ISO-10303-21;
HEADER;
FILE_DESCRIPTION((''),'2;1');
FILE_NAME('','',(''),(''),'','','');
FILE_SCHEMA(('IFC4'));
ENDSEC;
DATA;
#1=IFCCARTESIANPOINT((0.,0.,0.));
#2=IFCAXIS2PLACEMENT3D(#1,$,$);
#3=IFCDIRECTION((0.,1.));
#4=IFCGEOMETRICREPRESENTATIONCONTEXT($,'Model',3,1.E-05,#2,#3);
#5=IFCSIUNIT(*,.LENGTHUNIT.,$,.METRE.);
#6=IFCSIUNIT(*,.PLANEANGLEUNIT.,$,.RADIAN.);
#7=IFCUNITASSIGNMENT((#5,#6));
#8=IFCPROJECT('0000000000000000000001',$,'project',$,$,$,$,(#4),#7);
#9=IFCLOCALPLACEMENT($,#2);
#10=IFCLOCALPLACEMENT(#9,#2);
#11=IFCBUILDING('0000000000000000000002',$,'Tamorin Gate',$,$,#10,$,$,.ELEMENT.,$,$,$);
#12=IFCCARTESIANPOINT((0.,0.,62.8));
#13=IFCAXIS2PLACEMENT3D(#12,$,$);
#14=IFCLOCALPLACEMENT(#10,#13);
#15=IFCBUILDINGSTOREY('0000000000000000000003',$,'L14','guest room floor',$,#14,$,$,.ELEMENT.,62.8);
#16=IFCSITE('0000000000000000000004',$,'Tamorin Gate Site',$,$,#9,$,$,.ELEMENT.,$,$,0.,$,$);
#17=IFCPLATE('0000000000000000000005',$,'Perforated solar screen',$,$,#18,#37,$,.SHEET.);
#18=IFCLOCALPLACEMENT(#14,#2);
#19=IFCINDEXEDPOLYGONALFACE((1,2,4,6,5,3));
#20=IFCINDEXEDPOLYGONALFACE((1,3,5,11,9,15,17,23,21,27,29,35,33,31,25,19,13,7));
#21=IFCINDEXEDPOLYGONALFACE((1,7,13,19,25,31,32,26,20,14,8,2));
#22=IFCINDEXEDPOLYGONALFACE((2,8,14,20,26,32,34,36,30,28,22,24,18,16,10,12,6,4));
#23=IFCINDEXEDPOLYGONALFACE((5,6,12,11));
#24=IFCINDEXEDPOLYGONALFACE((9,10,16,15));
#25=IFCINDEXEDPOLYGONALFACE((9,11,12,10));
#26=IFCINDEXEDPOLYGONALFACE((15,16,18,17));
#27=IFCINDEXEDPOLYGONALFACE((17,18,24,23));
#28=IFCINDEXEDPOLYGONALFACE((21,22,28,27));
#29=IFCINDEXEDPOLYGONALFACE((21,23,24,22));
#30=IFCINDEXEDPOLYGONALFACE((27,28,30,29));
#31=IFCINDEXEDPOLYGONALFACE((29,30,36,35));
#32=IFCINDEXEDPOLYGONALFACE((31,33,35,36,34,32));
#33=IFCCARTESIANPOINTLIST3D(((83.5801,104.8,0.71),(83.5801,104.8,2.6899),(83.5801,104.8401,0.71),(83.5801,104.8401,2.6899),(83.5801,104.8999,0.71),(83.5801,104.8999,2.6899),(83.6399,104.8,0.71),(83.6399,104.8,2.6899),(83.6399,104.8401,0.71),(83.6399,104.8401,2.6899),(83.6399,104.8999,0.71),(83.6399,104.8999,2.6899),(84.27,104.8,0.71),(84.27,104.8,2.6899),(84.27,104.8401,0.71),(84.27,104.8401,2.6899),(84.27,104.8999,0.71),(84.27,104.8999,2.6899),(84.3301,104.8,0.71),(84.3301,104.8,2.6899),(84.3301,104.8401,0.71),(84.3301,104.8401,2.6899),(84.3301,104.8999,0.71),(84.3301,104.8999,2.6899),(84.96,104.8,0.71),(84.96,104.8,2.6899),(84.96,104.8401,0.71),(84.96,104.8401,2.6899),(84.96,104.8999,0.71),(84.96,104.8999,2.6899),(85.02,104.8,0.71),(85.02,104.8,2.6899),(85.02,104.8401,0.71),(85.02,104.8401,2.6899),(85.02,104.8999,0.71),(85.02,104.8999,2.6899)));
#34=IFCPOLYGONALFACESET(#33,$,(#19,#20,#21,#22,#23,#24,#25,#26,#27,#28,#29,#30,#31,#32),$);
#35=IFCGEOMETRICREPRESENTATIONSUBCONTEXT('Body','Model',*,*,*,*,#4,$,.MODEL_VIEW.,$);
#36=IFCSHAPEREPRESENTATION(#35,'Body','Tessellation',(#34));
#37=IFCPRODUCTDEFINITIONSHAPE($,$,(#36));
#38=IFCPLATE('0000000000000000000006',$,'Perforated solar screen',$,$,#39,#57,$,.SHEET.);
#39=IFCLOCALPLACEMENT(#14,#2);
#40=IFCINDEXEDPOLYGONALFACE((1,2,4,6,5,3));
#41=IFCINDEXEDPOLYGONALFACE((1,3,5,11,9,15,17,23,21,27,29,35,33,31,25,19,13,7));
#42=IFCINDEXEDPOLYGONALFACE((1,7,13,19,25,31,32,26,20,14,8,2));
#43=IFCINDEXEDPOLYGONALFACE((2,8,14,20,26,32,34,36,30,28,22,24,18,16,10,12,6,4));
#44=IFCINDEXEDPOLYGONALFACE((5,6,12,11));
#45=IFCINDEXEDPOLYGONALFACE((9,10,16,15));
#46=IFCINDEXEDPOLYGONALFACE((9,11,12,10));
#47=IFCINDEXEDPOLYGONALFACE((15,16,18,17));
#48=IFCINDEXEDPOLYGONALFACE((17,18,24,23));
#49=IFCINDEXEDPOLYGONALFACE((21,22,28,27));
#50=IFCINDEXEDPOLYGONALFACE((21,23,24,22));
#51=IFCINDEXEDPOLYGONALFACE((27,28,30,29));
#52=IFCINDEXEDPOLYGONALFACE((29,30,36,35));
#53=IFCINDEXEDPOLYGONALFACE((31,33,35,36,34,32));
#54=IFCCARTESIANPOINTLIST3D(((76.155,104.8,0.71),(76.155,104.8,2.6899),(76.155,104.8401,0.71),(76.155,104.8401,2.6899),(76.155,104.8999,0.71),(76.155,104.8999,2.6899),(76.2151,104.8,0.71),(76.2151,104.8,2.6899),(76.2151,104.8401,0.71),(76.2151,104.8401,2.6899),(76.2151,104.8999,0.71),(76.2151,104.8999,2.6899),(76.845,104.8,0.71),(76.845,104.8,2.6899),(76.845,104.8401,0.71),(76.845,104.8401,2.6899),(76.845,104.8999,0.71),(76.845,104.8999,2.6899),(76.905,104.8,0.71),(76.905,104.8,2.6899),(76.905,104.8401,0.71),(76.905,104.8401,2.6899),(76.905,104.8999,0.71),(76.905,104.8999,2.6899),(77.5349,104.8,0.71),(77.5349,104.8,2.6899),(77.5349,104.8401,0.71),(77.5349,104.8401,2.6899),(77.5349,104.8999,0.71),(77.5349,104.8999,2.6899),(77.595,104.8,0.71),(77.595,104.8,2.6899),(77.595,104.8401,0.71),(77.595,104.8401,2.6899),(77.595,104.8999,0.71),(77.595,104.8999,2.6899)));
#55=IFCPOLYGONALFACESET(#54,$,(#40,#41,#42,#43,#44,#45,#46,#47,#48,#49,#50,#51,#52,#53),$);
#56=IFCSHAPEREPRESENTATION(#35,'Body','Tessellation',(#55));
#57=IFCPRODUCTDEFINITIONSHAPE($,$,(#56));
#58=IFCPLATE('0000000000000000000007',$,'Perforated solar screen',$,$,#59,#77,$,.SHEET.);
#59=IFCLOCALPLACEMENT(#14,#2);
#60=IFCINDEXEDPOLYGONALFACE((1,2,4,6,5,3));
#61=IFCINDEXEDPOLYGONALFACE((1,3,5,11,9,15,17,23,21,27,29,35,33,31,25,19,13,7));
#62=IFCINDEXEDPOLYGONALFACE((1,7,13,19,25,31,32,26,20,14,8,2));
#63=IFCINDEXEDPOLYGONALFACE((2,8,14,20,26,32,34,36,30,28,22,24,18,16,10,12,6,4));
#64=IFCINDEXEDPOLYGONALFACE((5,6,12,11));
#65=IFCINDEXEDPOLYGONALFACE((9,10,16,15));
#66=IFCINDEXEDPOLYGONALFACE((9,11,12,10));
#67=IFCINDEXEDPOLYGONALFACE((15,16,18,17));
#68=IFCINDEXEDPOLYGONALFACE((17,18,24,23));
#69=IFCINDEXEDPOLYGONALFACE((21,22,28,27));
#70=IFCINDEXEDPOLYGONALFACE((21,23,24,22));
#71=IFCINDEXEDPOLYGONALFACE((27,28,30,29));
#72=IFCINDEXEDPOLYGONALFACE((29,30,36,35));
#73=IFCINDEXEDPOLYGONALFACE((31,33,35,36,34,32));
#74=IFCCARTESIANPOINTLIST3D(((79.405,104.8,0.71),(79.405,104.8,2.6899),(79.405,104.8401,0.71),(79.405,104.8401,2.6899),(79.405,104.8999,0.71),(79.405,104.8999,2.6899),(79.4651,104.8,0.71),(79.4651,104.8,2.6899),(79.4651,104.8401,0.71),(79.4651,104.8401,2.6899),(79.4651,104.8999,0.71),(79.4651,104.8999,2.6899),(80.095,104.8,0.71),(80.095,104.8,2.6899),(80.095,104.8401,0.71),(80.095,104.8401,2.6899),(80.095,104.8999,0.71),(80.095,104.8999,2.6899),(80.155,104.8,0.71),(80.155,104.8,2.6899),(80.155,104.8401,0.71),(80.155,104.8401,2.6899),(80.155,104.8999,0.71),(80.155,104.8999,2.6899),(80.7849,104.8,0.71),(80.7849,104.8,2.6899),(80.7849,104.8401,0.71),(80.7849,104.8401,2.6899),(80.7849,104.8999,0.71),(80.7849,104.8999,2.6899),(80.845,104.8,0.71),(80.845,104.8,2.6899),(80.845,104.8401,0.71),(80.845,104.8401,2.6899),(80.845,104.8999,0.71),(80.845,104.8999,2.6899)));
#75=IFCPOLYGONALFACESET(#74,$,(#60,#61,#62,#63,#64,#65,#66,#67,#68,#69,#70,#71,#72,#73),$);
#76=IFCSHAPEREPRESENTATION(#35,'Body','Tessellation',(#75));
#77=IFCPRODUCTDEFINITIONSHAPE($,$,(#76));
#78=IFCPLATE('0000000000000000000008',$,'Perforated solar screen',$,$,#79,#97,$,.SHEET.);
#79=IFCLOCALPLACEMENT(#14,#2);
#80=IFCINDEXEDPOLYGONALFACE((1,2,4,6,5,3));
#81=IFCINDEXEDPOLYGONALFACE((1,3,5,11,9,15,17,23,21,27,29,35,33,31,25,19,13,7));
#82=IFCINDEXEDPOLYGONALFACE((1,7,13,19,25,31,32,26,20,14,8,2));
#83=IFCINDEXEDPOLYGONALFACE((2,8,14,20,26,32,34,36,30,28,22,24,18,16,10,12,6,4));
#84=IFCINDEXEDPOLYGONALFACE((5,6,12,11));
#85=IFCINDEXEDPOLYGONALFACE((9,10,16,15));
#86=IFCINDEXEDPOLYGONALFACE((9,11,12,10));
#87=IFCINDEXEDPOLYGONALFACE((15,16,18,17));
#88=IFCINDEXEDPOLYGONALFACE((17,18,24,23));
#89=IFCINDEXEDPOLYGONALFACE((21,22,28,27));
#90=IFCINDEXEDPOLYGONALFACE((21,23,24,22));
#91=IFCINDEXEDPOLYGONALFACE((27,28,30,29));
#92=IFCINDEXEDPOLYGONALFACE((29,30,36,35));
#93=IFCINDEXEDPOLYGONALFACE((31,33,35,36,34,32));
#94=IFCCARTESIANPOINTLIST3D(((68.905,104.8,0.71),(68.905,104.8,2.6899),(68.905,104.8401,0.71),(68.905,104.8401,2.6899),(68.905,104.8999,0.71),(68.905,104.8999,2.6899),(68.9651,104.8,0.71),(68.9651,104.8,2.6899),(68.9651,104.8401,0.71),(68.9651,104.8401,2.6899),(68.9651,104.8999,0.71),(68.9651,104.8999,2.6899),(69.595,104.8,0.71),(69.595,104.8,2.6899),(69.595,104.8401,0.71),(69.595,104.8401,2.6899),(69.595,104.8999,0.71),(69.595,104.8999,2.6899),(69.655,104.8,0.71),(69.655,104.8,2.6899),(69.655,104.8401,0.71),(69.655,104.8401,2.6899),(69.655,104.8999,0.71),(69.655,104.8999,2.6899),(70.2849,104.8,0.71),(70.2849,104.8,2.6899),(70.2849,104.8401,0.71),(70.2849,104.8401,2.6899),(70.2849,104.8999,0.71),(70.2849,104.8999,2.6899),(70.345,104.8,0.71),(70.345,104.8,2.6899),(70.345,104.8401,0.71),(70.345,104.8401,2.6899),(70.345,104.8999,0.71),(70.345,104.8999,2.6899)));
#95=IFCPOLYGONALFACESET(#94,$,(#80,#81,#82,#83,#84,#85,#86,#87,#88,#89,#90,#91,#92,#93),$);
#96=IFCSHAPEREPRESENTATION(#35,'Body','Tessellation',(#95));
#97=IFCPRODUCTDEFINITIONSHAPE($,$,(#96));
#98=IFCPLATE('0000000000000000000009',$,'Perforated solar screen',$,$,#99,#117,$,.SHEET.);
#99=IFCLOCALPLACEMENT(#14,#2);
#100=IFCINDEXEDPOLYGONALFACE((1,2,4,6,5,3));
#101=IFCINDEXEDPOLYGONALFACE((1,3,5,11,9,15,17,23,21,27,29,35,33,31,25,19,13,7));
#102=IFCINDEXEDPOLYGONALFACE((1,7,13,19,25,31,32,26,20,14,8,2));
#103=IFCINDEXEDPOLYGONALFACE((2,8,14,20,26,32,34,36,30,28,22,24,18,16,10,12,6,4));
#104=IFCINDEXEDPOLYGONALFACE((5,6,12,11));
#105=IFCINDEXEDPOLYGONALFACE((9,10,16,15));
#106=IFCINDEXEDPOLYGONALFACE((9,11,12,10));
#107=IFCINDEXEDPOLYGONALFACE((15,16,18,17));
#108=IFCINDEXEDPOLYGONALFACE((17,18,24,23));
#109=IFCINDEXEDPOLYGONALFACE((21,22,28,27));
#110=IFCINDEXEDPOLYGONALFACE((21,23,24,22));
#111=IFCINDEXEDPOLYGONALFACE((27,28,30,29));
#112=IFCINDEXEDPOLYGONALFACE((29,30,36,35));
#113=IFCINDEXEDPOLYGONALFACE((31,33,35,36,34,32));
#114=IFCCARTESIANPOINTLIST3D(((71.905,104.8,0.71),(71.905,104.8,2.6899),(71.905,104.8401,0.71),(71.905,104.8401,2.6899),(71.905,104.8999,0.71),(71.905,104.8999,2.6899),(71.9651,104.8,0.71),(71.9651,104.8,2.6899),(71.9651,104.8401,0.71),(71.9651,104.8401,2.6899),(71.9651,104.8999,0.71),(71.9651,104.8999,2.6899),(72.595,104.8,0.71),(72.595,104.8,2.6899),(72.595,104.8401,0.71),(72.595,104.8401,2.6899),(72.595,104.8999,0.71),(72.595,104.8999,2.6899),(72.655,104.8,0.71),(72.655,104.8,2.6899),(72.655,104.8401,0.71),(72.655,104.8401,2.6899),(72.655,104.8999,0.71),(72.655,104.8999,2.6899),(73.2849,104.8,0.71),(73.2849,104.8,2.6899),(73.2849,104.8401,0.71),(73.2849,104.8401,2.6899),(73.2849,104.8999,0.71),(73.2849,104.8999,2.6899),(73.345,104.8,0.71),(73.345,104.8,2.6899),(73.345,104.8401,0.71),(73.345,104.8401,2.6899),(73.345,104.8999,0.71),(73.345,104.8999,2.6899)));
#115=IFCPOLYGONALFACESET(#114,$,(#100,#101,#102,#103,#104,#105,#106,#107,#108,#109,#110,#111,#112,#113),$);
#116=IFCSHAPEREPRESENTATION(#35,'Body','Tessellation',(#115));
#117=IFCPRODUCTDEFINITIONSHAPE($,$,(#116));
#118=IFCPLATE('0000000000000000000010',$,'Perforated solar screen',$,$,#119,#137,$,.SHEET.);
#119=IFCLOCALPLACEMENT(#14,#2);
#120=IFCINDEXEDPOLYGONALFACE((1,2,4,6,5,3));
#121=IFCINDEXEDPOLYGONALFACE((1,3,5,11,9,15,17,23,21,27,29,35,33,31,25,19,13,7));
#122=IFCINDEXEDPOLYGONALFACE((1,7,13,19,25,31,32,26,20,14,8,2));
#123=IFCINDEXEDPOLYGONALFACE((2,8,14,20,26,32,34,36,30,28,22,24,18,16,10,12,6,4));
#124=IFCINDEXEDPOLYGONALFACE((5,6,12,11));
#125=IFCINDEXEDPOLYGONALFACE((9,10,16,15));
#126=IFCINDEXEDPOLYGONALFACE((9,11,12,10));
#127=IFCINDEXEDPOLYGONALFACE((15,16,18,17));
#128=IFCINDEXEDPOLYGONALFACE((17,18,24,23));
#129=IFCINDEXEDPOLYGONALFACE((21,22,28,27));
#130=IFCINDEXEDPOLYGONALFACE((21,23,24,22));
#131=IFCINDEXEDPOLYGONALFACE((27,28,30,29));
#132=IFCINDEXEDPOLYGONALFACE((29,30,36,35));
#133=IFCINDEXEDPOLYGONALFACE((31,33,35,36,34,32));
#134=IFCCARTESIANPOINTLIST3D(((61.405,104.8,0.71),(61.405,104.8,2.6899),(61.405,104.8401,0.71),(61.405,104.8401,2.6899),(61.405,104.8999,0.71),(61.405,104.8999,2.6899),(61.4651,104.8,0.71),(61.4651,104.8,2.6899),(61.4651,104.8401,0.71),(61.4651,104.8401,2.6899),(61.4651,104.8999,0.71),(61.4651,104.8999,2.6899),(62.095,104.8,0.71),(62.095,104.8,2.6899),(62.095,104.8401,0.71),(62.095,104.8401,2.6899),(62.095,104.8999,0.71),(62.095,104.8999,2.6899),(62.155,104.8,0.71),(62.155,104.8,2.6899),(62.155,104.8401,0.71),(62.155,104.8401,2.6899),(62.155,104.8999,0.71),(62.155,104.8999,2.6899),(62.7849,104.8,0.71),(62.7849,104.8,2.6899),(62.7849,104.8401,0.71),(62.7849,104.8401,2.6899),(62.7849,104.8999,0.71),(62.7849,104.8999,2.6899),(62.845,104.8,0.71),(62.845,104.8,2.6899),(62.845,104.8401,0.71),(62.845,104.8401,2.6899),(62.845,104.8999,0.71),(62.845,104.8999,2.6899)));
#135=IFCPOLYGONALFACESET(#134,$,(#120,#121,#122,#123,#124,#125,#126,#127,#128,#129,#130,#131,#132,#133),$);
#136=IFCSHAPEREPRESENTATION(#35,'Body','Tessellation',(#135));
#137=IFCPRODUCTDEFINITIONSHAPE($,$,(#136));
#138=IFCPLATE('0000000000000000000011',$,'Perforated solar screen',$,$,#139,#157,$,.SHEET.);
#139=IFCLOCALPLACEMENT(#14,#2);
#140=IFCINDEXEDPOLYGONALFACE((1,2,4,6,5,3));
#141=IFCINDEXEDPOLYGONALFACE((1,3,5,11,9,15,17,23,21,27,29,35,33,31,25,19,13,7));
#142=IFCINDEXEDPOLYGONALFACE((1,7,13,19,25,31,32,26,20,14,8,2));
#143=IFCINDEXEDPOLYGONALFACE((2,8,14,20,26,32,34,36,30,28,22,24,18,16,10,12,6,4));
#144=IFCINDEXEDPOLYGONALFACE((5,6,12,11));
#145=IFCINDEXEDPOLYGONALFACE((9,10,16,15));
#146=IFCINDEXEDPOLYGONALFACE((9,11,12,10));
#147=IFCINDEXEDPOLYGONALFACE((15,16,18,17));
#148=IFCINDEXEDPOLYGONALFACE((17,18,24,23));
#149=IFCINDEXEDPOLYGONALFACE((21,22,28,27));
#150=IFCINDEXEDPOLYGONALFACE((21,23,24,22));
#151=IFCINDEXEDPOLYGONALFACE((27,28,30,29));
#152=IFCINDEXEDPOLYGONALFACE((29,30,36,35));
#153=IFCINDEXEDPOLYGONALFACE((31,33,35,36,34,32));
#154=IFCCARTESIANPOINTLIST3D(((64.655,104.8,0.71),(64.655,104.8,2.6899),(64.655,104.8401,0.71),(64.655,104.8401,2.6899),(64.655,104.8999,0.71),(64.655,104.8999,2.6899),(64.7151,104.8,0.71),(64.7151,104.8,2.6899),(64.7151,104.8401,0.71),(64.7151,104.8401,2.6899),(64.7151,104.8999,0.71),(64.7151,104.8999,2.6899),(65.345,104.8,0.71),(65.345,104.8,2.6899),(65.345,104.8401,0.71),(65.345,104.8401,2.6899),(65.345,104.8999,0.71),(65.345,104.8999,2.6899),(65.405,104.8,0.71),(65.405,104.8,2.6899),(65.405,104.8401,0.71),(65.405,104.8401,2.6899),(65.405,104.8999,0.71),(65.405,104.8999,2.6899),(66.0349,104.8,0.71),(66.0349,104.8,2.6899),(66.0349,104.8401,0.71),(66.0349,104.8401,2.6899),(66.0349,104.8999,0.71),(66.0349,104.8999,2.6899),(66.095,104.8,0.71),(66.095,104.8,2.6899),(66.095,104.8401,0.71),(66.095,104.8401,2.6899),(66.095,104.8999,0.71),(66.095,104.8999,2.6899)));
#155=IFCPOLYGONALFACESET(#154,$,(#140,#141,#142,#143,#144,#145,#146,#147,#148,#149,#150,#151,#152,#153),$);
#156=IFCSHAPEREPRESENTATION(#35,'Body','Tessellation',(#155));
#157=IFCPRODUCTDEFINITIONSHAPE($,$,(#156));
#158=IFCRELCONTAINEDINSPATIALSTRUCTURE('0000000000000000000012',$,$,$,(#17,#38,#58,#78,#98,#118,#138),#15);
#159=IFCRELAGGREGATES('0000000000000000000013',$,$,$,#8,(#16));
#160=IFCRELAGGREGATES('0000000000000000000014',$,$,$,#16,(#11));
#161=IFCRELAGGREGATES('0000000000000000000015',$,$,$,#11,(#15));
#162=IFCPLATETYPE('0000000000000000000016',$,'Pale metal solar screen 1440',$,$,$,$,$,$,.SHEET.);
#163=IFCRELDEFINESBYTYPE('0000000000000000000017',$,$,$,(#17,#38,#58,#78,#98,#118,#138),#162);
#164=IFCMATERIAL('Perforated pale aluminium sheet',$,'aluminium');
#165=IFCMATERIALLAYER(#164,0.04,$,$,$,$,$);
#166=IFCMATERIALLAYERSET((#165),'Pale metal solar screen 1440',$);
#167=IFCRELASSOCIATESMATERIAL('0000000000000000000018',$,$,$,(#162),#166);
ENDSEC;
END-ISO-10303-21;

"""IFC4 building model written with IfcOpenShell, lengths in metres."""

from ifc_helpers import new_model, si_unit, direction, frame, origin, place, context, subcontext, project, spatial, polyline, outline, extrude, material, layer, layer_set, type_object, element, save


model = new_model("IFC4")

# Units and contexts
model_context = context("Model", 3, precision=1e-05, world=origin(), true_north=direction((0.0, 1.0)))
body_context = subcontext(model_context, "Body", "Model", "MODEL_VIEW")
ifc_project = project(units=[si_unit("LENGTHUNIT", "METRE"), si_unit("PLANEANGLEUNIT", "RADIAN")], contexts=[model_context])

# Site, building, storey
site_placement = place(None, origin())
site = spatial("IfcSite", under=ifc_project, at=site_placement, Name="Tamorin Gate Site", CompositionType="ELEMENT", RefElevation=0.0)
building_placement = place(site_placement, origin())
building = spatial("IfcBuilding", under=site, at=building_placement, Name="Tamorin Gate", CompositionType="ELEMENT")
storey_placement = place(building_placement, frame((0.0, 0.0, 62.8)))
storey = spatial("IfcBuildingStorey", under=building, at=storey_placement, Name="L14", Description="guest room floor", CompositionType="ELEMENT", Elevation=62.8)

# Plates
ifc_material = material(Name="Perforated pale aluminium sheet", Category="aluminium")
ifc_layer = layer(ifc_material, 0.04)
ifc_layer_set = layer_set([ifc_layer], Name="Pale metal solar screen 1440")
plate_type = type_object("IfcPlateType", Name="Pale metal solar screen 1440", PredefinedType="SHEET", material=ifc_layer_set)
plate_1_placement = place(storey_placement, frame((0.0, 0.0, 0.71)))
element("IfcPlate", 1, at=plate_1_placement, inside=storey, type_object=plate_type, Name="Perforated solar screen", PredefinedType="SHEET", context=body_context, shape_type="SweptSolid", body=[
    extrude(outline(polyline([(85.02, 104.8401), (85.02, 104.8), (84.96, 104.8), (84.3301, 104.8), (84.27, 104.8), (83.6399, 104.8), (83.5801, 104.8), (83.5801, 104.8401), (83.5801, 104.8999), (83.6399, 104.8999), (83.6399, 104.8401), (84.27, 104.8401), (84.27, 104.8999), (84.3301, 104.8999), (84.3301, 104.8401), (84.96, 104.8401), (84.96, 104.8999), (85.02, 104.8999), (85.02, 104.8401)])), origin(), (0.0, 0.0, 1.0), 1.98),
])
plate_2_placement = place(storey_placement, frame((0.0, 0.0, 0.71)))
element("IfcPlate", 2, at=plate_2_placement, inside=storey, type_object=plate_type, Name="Perforated solar screen", PredefinedType="SHEET", context=body_context, shape_type="SweptSolid", body=[
    extrude(outline(polyline([(77.595, 104.8401), (77.595, 104.8), (77.5349, 104.8), (76.905, 104.8), (76.845, 104.8), (76.2151, 104.8), (76.155, 104.8), (76.155, 104.8401), (76.155, 104.8999), (76.2151, 104.8999), (76.2151, 104.8401), (76.845, 104.8401), (76.845, 104.8999), (76.905, 104.8999), (76.905, 104.8401), (77.5349, 104.8401), (77.5349, 104.8999), (77.595, 104.8999), (77.595, 104.8401)])), origin(), (0.0, 0.0, 1.0), 1.98),
])
plate_3_placement = place(storey_placement, frame((0.0, 0.0, 0.71)))
element("IfcPlate", 3, at=plate_3_placement, inside=storey, type_object=plate_type, Name="Perforated solar screen", PredefinedType="SHEET", context=body_context, shape_type="SweptSolid", body=[
    extrude(outline(polyline([(80.845, 104.8401), (80.845, 104.8), (80.7849, 104.8), (80.155, 104.8), (80.095, 104.8), (79.4651, 104.8), (79.405, 104.8), (79.405, 104.8), (79.405, 104.8401), (79.405, 104.8401), (79.405, 104.8999), (79.4651, 104.8999), (79.4651, 104.8401), (80.095, 104.8401), (80.095, 104.8999), (80.155, 104.8999), (80.155, 104.8401), (80.7849, 104.8401), (80.7849, 104.8999), (80.845, 104.8999), (80.845, 104.8401)])), origin(), (0.0, 0.0, 1.0), 1.98),
])
plate_4_placement = place(storey_placement, frame((0.0, 0.0, 0.71)))
element("IfcPlate", 4, at=plate_4_placement, inside=storey, type_object=plate_type, Name="Perforated solar screen", PredefinedType="SHEET", context=body_context, shape_type="SweptSolid", body=[
    extrude(outline(polyline([(70.345, 104.8401), (70.345, 104.8), (70.2849, 104.8), (69.655, 104.8), (69.595, 104.8), (68.9651, 104.8), (68.905, 104.8), (68.905, 104.8401), (68.905, 104.8999), (68.9651, 104.8999), (68.9651, 104.8401), (69.595, 104.8401), (69.595, 104.8999), (69.655, 104.8999), (69.655, 104.8401), (70.2849, 104.8401), (70.2849, 104.8999), (70.345, 104.8999), (70.345, 104.8401)])), origin(), (0.0, 0.0, 1.0), 1.98),
])
plate_5_placement = place(storey_placement, frame((0.0, 0.0, 0.71)))
element("IfcPlate", 5, at=plate_5_placement, inside=storey, type_object=plate_type, Name="Perforated solar screen", PredefinedType="SHEET", context=body_context, shape_type="SweptSolid", body=[
    extrude(outline(polyline([(73.345, 104.8401), (73.345, 104.8), (73.2849, 104.8), (72.655, 104.8), (72.595, 104.8), (71.9651, 104.8), (71.905, 104.8), (71.905, 104.8401), (71.905, 104.8999), (71.9651, 104.8999), (71.9651, 104.8401), (72.595, 104.8401), (72.595, 104.8999), (72.655, 104.8999), (72.655, 104.8401), (73.2849, 104.8401), (73.2849, 104.8999), (73.345, 104.8999), (73.345, 104.8401)])), origin(), (0.0, 0.0, 1.0), 1.98),
])
plate_6_placement = place(storey_placement, frame((0.0, 0.0, 0.71)))
element("IfcPlate", 6, at=plate_6_placement, inside=storey, type_object=plate_type, Name="Perforated solar screen", PredefinedType="SHEET", context=body_context, shape_type="SweptSolid", body=[
    extrude(outline(polyline([(62.845, 104.8401), (62.845, 104.8), (62.7849, 104.8), (62.155, 104.8), (62.095, 104.8), (61.4651, 104.8), (61.405, 104.8), (61.405, 104.8401), (61.405, 104.8999), (61.4651, 104.8999), (61.4651, 104.8401), (62.095, 104.8401), (62.095, 104.8999), (62.155, 104.8999), (62.155, 104.8401), (62.7849, 104.8401), (62.7849, 104.8999), (62.845, 104.8999), (62.845, 104.8401)])), origin(), (0.0, 0.0, 1.0), 1.98),
])
plate_7_placement = place(storey_placement, frame((0.0, 0.0, 0.71)))
element("IfcPlate", 7, at=plate_7_placement, inside=storey, type_object=plate_type, Name="Perforated solar screen", PredefinedType="SHEET", context=body_context, shape_type="SweptSolid", body=[
    extrude(outline(polyline([(66.095, 104.8401), (66.095, 104.8), (66.0349, 104.8), (65.405, 104.8), (65.345, 104.8), (64.7151, 104.8), (64.655, 104.8), (64.655, 104.8401), (64.655, 104.8999), (64.7151, 104.8999), (64.7151, 104.8401), (65.345, 104.8401), (65.345, 104.8999), (65.405, 104.8999), (65.405, 104.8401), (66.0349, 104.8401), (66.0349, 104.8999), (66.095, 104.8999), (66.095, 104.8401)])), origin(), (0.0, 0.0, 1.0), 1.98),
])

save(model, "model.ifc")
